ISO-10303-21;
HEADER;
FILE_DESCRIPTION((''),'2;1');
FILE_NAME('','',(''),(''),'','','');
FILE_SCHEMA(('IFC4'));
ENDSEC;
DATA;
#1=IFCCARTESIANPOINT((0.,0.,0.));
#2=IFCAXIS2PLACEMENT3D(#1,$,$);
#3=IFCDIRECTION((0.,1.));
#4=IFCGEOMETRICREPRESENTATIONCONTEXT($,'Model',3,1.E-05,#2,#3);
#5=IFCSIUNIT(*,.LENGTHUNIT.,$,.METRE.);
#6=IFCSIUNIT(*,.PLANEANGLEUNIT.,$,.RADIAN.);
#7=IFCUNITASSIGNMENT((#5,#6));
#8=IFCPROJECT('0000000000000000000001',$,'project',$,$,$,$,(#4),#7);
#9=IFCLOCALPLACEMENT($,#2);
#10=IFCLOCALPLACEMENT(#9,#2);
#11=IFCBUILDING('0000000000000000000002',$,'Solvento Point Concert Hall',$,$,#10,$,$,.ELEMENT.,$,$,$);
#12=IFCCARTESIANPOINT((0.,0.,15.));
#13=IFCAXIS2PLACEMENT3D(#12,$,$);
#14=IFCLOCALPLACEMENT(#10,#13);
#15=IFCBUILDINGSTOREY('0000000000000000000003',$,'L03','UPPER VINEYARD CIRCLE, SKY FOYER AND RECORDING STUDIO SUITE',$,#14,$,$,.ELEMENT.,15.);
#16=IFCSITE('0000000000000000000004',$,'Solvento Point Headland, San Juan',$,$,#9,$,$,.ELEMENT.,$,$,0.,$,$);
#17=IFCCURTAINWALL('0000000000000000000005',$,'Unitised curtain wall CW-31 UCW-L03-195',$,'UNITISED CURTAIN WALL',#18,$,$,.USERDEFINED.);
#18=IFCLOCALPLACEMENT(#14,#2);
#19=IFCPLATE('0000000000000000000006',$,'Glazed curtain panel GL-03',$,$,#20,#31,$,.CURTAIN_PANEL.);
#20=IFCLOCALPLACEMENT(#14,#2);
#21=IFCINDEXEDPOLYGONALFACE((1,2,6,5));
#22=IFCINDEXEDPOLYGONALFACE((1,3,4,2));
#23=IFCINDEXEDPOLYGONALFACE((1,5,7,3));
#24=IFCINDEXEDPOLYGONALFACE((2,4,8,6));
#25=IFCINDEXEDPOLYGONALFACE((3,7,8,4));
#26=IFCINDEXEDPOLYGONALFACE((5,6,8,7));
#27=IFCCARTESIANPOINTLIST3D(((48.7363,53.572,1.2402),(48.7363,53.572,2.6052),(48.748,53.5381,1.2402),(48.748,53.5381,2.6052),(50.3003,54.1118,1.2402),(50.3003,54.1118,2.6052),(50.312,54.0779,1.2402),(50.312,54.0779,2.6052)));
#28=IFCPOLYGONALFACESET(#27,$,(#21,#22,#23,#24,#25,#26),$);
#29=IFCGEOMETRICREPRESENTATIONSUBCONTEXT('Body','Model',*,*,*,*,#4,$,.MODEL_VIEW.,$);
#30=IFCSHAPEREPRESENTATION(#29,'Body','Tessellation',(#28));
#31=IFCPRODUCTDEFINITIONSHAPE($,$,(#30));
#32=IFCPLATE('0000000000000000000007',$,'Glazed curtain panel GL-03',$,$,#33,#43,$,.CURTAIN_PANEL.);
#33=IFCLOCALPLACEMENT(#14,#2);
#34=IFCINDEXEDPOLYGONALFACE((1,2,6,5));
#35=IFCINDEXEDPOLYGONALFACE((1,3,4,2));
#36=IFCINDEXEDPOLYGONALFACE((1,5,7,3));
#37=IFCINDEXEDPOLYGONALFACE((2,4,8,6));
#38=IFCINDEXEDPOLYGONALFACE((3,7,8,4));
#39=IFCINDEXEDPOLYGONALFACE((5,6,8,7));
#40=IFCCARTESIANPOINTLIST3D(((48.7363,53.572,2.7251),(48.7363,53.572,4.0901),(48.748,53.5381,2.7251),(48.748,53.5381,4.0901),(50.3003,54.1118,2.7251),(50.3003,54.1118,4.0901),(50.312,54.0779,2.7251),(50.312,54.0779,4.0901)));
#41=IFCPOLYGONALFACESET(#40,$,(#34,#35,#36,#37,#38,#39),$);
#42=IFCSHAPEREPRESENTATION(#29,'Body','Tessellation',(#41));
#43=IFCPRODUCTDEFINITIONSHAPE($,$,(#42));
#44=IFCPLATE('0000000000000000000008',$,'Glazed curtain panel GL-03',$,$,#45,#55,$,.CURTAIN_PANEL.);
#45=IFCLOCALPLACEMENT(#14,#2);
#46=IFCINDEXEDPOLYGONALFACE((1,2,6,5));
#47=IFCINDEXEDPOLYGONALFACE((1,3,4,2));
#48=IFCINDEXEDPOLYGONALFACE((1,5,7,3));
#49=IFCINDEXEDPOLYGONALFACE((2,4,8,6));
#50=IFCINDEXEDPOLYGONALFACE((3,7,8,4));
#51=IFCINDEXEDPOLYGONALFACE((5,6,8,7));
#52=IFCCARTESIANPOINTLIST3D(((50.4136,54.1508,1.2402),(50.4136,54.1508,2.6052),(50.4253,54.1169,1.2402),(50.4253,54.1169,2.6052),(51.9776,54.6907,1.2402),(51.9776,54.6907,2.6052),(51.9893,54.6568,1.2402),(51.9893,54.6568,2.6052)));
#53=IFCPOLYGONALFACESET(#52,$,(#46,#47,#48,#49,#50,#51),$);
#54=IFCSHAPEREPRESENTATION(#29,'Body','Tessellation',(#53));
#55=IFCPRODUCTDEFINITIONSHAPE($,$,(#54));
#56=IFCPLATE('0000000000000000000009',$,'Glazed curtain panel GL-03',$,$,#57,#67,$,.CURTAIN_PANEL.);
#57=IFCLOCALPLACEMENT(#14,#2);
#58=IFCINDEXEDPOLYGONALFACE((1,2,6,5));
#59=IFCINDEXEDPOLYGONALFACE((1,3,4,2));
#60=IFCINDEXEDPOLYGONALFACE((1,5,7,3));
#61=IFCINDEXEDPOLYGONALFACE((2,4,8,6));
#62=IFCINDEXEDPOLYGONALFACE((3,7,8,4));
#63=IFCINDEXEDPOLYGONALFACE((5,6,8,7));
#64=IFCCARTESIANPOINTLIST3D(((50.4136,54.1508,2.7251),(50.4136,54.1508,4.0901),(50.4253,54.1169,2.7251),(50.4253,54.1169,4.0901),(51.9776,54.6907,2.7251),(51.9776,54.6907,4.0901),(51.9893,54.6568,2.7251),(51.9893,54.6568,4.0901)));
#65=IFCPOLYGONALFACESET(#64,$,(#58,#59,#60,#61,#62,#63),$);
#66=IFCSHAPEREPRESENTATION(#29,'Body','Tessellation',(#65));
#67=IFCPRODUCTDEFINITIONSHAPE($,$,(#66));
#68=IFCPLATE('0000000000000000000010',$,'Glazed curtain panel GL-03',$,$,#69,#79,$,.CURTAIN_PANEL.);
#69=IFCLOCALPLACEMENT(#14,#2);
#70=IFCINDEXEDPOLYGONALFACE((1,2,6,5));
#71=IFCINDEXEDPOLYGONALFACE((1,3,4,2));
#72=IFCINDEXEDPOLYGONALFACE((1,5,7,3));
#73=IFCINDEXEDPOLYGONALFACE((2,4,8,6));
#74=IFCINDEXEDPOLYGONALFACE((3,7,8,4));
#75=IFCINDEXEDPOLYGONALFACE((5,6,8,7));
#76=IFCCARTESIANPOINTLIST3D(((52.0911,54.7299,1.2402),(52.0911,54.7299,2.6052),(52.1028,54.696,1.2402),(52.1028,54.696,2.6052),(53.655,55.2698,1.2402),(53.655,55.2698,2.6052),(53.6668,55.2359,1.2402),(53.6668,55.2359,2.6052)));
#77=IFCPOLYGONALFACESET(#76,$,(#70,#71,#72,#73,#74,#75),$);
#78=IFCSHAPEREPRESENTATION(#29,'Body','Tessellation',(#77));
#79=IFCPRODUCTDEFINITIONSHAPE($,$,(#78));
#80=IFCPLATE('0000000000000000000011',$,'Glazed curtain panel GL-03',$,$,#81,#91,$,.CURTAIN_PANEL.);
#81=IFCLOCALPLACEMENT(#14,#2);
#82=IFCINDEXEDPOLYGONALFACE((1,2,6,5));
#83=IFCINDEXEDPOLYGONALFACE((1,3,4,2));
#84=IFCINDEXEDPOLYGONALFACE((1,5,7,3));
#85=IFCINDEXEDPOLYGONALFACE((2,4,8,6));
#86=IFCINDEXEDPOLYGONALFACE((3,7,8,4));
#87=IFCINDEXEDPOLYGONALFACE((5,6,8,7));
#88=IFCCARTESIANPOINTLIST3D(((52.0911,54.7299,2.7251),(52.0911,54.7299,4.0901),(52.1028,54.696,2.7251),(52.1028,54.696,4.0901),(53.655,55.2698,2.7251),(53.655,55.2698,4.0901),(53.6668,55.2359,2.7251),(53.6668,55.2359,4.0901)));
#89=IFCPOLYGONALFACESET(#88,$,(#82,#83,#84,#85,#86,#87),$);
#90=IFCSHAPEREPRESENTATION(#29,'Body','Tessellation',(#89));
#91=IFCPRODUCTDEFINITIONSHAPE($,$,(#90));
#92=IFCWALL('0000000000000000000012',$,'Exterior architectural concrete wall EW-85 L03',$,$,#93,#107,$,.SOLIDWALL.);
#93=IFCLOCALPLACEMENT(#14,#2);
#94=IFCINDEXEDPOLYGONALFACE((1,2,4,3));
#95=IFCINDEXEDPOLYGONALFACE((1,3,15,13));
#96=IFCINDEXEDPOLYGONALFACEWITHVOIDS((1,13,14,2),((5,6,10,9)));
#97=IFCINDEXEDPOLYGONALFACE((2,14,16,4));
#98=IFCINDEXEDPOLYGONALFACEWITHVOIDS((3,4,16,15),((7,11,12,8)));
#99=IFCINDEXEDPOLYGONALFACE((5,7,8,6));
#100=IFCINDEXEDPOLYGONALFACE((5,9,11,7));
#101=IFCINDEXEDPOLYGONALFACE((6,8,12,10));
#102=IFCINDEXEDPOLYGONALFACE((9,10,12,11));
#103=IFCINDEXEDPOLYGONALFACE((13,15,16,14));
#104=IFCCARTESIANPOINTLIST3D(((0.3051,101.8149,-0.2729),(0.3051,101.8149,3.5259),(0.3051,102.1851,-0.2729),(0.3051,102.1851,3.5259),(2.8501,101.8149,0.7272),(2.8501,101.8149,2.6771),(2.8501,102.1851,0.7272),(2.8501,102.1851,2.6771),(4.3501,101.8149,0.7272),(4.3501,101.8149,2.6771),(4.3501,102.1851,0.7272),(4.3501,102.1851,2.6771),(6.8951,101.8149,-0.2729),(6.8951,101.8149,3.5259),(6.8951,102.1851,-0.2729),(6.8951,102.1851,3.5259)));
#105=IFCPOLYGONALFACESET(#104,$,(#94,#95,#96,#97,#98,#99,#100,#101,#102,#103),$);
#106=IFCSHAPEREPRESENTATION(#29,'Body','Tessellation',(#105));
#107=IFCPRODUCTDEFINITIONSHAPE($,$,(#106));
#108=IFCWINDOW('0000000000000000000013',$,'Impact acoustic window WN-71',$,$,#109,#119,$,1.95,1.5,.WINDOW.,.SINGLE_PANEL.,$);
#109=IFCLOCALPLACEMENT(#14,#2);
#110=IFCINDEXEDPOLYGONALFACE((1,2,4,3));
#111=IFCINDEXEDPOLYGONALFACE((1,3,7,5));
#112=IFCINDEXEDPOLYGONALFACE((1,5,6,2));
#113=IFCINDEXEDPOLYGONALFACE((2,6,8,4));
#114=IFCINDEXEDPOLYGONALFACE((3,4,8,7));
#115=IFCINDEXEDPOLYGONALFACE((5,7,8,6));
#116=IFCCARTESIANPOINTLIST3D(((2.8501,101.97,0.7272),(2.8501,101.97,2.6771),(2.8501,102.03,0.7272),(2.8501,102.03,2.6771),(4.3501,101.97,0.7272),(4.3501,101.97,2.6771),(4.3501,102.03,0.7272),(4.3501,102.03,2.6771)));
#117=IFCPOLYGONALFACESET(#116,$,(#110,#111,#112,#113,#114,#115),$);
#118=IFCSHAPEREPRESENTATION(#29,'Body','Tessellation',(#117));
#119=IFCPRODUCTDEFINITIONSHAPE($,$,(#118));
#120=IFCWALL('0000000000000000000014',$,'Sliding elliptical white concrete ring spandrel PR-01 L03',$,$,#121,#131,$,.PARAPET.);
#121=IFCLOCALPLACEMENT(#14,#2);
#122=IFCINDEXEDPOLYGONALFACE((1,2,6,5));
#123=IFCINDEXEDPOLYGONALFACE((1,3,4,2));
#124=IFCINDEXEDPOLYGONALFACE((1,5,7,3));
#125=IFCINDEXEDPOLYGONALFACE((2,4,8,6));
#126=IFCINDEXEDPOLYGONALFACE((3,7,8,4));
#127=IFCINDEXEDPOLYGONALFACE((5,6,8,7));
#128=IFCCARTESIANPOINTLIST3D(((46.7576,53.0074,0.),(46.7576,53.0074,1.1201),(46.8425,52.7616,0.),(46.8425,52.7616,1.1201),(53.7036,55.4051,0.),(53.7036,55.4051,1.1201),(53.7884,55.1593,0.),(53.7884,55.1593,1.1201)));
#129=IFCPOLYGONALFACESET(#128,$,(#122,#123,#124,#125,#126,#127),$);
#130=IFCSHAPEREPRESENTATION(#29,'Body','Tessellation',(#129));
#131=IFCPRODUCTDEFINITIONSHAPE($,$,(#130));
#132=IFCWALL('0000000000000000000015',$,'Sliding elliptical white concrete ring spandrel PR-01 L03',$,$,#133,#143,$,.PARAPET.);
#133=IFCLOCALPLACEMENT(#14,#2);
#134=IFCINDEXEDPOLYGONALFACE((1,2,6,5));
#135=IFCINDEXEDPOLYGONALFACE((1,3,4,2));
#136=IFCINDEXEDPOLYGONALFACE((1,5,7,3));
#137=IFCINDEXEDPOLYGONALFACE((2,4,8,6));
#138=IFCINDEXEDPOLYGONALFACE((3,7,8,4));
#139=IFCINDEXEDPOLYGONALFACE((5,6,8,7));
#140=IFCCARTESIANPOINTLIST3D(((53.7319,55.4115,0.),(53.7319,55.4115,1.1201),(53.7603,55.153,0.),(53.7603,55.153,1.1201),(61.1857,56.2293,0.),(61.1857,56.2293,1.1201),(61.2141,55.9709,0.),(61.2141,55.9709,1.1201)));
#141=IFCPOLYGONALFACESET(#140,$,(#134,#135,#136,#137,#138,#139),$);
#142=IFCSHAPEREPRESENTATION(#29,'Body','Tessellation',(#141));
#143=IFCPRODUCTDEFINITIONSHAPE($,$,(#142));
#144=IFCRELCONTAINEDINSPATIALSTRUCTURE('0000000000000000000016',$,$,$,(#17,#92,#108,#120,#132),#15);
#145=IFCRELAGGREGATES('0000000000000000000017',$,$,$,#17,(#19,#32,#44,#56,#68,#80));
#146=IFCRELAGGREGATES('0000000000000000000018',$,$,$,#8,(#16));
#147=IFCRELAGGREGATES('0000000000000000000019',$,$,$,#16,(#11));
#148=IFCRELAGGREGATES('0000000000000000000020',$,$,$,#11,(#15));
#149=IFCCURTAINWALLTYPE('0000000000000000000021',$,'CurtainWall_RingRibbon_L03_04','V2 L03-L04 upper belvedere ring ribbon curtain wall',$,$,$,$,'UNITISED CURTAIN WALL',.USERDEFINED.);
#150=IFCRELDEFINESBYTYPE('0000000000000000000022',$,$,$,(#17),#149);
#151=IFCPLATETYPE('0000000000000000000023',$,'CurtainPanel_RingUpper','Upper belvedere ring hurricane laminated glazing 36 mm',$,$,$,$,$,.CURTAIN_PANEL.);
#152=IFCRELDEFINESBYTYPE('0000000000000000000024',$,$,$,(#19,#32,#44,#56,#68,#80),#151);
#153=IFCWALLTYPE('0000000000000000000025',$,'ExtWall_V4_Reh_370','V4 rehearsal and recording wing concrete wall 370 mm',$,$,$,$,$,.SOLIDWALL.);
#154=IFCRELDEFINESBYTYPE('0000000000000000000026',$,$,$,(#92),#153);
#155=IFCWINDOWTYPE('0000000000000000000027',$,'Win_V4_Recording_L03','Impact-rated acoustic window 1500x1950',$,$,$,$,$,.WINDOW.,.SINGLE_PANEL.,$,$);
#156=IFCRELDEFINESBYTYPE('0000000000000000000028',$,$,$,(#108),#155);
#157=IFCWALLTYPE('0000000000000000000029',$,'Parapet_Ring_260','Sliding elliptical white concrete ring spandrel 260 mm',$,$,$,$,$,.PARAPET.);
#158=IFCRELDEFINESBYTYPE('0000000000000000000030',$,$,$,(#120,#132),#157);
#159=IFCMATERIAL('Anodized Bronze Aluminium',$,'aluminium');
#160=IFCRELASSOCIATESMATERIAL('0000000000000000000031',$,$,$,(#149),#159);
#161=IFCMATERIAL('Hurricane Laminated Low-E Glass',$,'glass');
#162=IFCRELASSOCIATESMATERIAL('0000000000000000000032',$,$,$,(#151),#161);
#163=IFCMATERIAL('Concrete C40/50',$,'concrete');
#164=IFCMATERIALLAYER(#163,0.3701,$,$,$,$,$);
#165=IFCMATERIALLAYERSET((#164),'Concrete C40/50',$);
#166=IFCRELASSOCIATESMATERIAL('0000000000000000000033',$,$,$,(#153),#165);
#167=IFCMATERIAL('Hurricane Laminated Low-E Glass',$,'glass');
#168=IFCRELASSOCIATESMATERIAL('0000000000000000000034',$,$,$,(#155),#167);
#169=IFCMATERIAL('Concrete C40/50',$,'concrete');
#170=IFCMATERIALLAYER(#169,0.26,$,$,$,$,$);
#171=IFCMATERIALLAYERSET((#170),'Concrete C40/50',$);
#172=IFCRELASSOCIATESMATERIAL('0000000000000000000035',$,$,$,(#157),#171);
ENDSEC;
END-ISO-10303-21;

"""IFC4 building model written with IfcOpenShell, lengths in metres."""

from ifc_helpers import new_model, si_unit, direction, frame, frame_2d, origin, origin_2d, place, context, subcontext, project, spatial, rectangle, extrude, material, layer, layer_set, type_object, element, fill, aggregate, save


model = new_model("IFC4")

# Units and contexts
model_context = context("Model", 3, precision=1e-05, world=origin(), true_north=direction((0.0, 1.0)))
body_context = subcontext(model_context, "Body", "Model", "MODEL_VIEW")
ifc_project = project(units=[si_unit("LENGTHUNIT", "METRE"), si_unit("PLANEANGLEUNIT", "RADIAN")], contexts=[model_context])

# Site, building, storey
site_placement = place(None, origin())
site = spatial("IfcSite", under=ifc_project, at=site_placement, Name="Solvento Point Headland, San Juan", CompositionType="ELEMENT", RefElevation=0.0)
building_placement = place(site_placement, origin())
building = spatial("IfcBuilding", under=site, at=building_placement, Name="Solvento Point Concert Hall", CompositionType="ELEMENT")
storey_placement = place(building_placement, frame((0.0, 0.0, 15.0)))
storey = spatial("IfcBuildingStorey", under=building, at=storey_placement, Name="L03", Description="UPPER VINEYARD CIRCLE, SKY FOYER AND RECORDING STUDIO SUITE", CompositionType="ELEMENT", Elevation=15.0)

# Curtain wall
ifc_material_1 = material(Name="Anodized Bronze Aluminium", Category="aluminium")
curtain_wall_type = type_object("IfcCurtainWallType", Name="CurtainWall_RingRibbon_L03_04", Description="V2 L03-L04 upper belvedere ring ribbon curtain wall", ElementType="UNITISED CURTAIN WALL", PredefinedType="USERDEFINED", material=ifc_material_1)
curtain_wall_1_placement = place(storey_placement, origin())
curtain_wall_1 = element("IfcCurtainWall", 1, at=curtain_wall_1_placement, inside=storey, type_object=curtain_wall_type, Name="Unitised curtain wall CW-31 UCW-L03-195", ObjectType="UNITISED CURTAIN WALL", PredefinedType="USERDEFINED")

# Plates
ifc_material_2 = material(Name="Hurricane Laminated Low-E Glass", Category="glass")
plate_type = type_object("IfcPlateType", Name="CurtainPanel_RingUpper", Description="Upper belvedere ring hurricane laminated glazing 36 mm", PredefinedType="CURTAIN_PANEL", material=ifc_material_2)
plate_1_placement = place(storey_placement, frame((49.5242, 53.825, 1.2402), z_axis=(0.0, 0.0, 1.0), x_axis=(0.945271, 0.326286, 0.0)))
plate_1 = element("IfcPlate", 2, at=plate_1_placement, type_object=plate_type, Name="Glazed curtain panel GL-03", PredefinedType="CURTAIN_PANEL", context=body_context, shape_type="SweptSolid", body=[
    extrude(rectangle(XDim=1.6545, YDim=0.0359, at=origin_2d()), origin(), (0.0, 0.0, 1.0), 1.365),
])
plate_2_placement = place(storey_placement, frame((49.5242, 53.825, 2.7251), z_axis=(0.0, 0.0, 1.0), x_axis=(0.945271, 0.326286, 0.0)))
plate_2 = element("IfcPlate", 3, at=plate_2_placement, type_object=plate_type, Name="Glazed curtain panel GL-03", PredefinedType="CURTAIN_PANEL", context=body_context, shape_type="SweptSolid", body=[
    extrude(rectangle(XDim=1.6545, YDim=0.0359, at=origin_2d()), origin(), (0.0, 0.0, 1.0), 1.365),
])
plate_3_placement = place(storey_placement, frame((51.2014, 54.4038, 1.2402), z_axis=(0.0, 0.0, 1.0), x_axis=(0.945271, 0.326286, 0.0)))
plate_3 = element("IfcPlate", 4, at=plate_3_placement, type_object=plate_type, Name="Glazed curtain panel GL-03", PredefinedType="CURTAIN_PANEL", context=body_context, shape_type="SweptSolid", body=[
    extrude(rectangle(XDim=1.6545, YDim=0.0359, at=origin_2d()), origin(), (0.0, 0.0, 1.0), 1.365),
])
plate_4_placement = place(storey_placement, frame((51.2014, 54.4038, 2.7251), z_axis=(0.0, 0.0, 1.0), x_axis=(0.945271, 0.326286, 0.0)))
plate_4 = element("IfcPlate", 5, at=plate_4_placement, type_object=plate_type, Name="Glazed curtain panel GL-03", PredefinedType="CURTAIN_PANEL", context=body_context, shape_type="SweptSolid", body=[
    extrude(rectangle(XDim=1.6545, YDim=0.0359, at=origin_2d()), origin(), (0.0, 0.0, 1.0), 1.365),
])
plate_5_placement = place(storey_placement, frame((52.8789, 54.9829, 1.2402), z_axis=(0.0, 0.0, 1.0), x_axis=(0.945271, 0.326286, 0.0)))
plate_5 = element("IfcPlate", 6, at=plate_5_placement, type_object=plate_type, Name="Glazed curtain panel GL-03", PredefinedType="CURTAIN_PANEL", context=body_context, shape_type="SweptSolid", body=[
    extrude(rectangle(XDim=1.6545, YDim=0.0359, at=origin_2d()), origin(), (0.0, 0.0, 1.0), 1.365),
])
plate_6_placement = place(storey_placement, frame((52.8789, 54.9829, 2.7251), z_axis=(0.0, 0.0, 1.0), x_axis=(0.945271, 0.326286, 0.0)))
plate_6 = element("IfcPlate", 7, at=plate_6_placement, type_object=plate_type, Name="Glazed curtain panel GL-03", PredefinedType="CURTAIN_PANEL", context=body_context, shape_type="SweptSolid", body=[
    extrude(rectangle(XDim=1.6545, YDim=0.0359, at=origin_2d()), origin(), (0.0, 0.0, 1.0), 1.365),
])
aggregate(curtain_wall_1, [plate_1, plate_2, plate_3, plate_4, plate_5, plate_6])

# Wall, opening, window
ifc_material_3 = material(Name="Concrete C40/50", Category="concrete")
ifc_layer_1 = layer(ifc_material_3, 0.3701)
ifc_layer_set_1 = layer_set([ifc_layer_1], Name="Concrete C40/50")
wall_type_1 = type_object("IfcWallType", Name="ExtWall_V4_Reh_370", Description="V4 rehearsal and recording wing concrete wall 370 mm", PredefinedType="SOLIDWALL", material=ifc_layer_set_1)
wall_1_placement = place(storey_placement, frame((6.895, 102.0, -0.2729), z_axis=(0.0, 0.0, 1.0), x_axis=(-1.0, 0.0, 0.0)))
wall_1 = element("IfcWall", 8, at=wall_1_placement, inside=storey, type_object=wall_type_1, Name="Exterior architectural concrete wall EW-85 L03", PredefinedType="SOLIDWALL", context=body_context, shape_type="SweptSolid", body=[
    extrude(rectangle(XDim=6.5901, YDim=0.3701, at=frame_2d((3.2949, 0.0))), origin(), (0.0, 0.0, 1.0), 3.7988),
])
opening_placement = place(wall_1_placement, frame((2.5449, 0.0, 1.0)))
opening = element("IfcOpeningElement", 9, at=opening_placement, cuts=wall_1, PredefinedType="OPENING", context=body_context, shape_type="SweptSolid", body=[
    extrude(rectangle(XDim=1.5, YDim=1.95, at=frame_2d((0.75, 0.9751))), frame((0.0, 0.1951, 0.0), z_axis=(0.0, -1.0, 0.0), x_axis=(1.0, 0.0, 0.0)), (0.0, 0.0, 1.0), 0.3901),
])
ifc_material_4 = material(Name="Hurricane Laminated Low-E Glass", Category="glass")
window_type = type_object("IfcWindowType", Name="Win_V4_Recording_L03", Description="Impact-rated acoustic window 1500x1950", PartitioningType="SINGLE_PANEL", PredefinedType="WINDOW", material=ifc_material_4)
window_placement = place(opening_placement, origin())
window = element("IfcWindow", 10, at=window_placement, inside=storey, type_object=window_type, Name="Impact acoustic window WN-71", OverallHeight=1.95, OverallWidth=1.5, PartitioningType="SINGLE_PANEL", PredefinedType="WINDOW", context=body_context, shape_type="SweptSolid", body=[
    extrude(rectangle(XDim=1.5, YDim=1.95, at=frame_2d((0.75, 0.9751))), frame((0.0, 0.03, 0.0), z_axis=(0.0, -1.0, 0.0), x_axis=(1.0, 0.0, 0.0)), (0.0, 0.0, 1.0), 0.0601),
])
fill(opening, window)

# Walls
ifc_material_5 = material(Name="Concrete C40/50", Category="concrete")
ifc_layer_2 = layer(ifc_material_5, 0.26)
ifc_layer_set_2 = layer_set([ifc_layer_2], Name="Concrete C40/50")
wall_type_2 = type_object("IfcWallType", Name="Parapet_Ring_260", Description="Sliding elliptical white concrete ring spandrel 260 mm", PredefinedType="PARAPET", material=ifc_layer_set_2)
wall_2_placement = place(storey_placement, frame((46.8, 52.8845, 0.0), z_axis=(0.0, 0.0, 1.0), x_axis=(0.945267, 0.326297, 0.0)))
element("IfcWall", 11, at=wall_2_placement, inside=storey, type_object=wall_type_2, Name="Sliding elliptical white concrete ring spandrel PR-01 L03", PredefinedType="PARAPET", context=body_context, shape_type="SweptSolid", body=[
    extrude(rectangle(XDim=7.3481, YDim=0.26, at=frame_2d((3.6741, 0.0))), origin(), (0.0, 0.0, 1.0), 1.1201),
])
wall_3_placement = place(storey_placement, frame((53.7461, 55.2822, 0.0), z_axis=(0.0, 0.0, 1.0), x_axis=(0.994034, 0.10907, 0.0)))
element("IfcWall", 12, at=wall_3_placement, inside=storey, type_object=wall_type_2, Name="Sliding elliptical white concrete ring spandrel PR-01 L03", PredefinedType="PARAPET", context=body_context, shape_type="SweptSolid", body=[
    extrude(rectangle(XDim=7.4985, YDim=0.26, at=frame_2d((3.7493, 0.0))), origin(), (0.0, 0.0, 1.0), 1.1201),
])

save(model, "model.ifc")
